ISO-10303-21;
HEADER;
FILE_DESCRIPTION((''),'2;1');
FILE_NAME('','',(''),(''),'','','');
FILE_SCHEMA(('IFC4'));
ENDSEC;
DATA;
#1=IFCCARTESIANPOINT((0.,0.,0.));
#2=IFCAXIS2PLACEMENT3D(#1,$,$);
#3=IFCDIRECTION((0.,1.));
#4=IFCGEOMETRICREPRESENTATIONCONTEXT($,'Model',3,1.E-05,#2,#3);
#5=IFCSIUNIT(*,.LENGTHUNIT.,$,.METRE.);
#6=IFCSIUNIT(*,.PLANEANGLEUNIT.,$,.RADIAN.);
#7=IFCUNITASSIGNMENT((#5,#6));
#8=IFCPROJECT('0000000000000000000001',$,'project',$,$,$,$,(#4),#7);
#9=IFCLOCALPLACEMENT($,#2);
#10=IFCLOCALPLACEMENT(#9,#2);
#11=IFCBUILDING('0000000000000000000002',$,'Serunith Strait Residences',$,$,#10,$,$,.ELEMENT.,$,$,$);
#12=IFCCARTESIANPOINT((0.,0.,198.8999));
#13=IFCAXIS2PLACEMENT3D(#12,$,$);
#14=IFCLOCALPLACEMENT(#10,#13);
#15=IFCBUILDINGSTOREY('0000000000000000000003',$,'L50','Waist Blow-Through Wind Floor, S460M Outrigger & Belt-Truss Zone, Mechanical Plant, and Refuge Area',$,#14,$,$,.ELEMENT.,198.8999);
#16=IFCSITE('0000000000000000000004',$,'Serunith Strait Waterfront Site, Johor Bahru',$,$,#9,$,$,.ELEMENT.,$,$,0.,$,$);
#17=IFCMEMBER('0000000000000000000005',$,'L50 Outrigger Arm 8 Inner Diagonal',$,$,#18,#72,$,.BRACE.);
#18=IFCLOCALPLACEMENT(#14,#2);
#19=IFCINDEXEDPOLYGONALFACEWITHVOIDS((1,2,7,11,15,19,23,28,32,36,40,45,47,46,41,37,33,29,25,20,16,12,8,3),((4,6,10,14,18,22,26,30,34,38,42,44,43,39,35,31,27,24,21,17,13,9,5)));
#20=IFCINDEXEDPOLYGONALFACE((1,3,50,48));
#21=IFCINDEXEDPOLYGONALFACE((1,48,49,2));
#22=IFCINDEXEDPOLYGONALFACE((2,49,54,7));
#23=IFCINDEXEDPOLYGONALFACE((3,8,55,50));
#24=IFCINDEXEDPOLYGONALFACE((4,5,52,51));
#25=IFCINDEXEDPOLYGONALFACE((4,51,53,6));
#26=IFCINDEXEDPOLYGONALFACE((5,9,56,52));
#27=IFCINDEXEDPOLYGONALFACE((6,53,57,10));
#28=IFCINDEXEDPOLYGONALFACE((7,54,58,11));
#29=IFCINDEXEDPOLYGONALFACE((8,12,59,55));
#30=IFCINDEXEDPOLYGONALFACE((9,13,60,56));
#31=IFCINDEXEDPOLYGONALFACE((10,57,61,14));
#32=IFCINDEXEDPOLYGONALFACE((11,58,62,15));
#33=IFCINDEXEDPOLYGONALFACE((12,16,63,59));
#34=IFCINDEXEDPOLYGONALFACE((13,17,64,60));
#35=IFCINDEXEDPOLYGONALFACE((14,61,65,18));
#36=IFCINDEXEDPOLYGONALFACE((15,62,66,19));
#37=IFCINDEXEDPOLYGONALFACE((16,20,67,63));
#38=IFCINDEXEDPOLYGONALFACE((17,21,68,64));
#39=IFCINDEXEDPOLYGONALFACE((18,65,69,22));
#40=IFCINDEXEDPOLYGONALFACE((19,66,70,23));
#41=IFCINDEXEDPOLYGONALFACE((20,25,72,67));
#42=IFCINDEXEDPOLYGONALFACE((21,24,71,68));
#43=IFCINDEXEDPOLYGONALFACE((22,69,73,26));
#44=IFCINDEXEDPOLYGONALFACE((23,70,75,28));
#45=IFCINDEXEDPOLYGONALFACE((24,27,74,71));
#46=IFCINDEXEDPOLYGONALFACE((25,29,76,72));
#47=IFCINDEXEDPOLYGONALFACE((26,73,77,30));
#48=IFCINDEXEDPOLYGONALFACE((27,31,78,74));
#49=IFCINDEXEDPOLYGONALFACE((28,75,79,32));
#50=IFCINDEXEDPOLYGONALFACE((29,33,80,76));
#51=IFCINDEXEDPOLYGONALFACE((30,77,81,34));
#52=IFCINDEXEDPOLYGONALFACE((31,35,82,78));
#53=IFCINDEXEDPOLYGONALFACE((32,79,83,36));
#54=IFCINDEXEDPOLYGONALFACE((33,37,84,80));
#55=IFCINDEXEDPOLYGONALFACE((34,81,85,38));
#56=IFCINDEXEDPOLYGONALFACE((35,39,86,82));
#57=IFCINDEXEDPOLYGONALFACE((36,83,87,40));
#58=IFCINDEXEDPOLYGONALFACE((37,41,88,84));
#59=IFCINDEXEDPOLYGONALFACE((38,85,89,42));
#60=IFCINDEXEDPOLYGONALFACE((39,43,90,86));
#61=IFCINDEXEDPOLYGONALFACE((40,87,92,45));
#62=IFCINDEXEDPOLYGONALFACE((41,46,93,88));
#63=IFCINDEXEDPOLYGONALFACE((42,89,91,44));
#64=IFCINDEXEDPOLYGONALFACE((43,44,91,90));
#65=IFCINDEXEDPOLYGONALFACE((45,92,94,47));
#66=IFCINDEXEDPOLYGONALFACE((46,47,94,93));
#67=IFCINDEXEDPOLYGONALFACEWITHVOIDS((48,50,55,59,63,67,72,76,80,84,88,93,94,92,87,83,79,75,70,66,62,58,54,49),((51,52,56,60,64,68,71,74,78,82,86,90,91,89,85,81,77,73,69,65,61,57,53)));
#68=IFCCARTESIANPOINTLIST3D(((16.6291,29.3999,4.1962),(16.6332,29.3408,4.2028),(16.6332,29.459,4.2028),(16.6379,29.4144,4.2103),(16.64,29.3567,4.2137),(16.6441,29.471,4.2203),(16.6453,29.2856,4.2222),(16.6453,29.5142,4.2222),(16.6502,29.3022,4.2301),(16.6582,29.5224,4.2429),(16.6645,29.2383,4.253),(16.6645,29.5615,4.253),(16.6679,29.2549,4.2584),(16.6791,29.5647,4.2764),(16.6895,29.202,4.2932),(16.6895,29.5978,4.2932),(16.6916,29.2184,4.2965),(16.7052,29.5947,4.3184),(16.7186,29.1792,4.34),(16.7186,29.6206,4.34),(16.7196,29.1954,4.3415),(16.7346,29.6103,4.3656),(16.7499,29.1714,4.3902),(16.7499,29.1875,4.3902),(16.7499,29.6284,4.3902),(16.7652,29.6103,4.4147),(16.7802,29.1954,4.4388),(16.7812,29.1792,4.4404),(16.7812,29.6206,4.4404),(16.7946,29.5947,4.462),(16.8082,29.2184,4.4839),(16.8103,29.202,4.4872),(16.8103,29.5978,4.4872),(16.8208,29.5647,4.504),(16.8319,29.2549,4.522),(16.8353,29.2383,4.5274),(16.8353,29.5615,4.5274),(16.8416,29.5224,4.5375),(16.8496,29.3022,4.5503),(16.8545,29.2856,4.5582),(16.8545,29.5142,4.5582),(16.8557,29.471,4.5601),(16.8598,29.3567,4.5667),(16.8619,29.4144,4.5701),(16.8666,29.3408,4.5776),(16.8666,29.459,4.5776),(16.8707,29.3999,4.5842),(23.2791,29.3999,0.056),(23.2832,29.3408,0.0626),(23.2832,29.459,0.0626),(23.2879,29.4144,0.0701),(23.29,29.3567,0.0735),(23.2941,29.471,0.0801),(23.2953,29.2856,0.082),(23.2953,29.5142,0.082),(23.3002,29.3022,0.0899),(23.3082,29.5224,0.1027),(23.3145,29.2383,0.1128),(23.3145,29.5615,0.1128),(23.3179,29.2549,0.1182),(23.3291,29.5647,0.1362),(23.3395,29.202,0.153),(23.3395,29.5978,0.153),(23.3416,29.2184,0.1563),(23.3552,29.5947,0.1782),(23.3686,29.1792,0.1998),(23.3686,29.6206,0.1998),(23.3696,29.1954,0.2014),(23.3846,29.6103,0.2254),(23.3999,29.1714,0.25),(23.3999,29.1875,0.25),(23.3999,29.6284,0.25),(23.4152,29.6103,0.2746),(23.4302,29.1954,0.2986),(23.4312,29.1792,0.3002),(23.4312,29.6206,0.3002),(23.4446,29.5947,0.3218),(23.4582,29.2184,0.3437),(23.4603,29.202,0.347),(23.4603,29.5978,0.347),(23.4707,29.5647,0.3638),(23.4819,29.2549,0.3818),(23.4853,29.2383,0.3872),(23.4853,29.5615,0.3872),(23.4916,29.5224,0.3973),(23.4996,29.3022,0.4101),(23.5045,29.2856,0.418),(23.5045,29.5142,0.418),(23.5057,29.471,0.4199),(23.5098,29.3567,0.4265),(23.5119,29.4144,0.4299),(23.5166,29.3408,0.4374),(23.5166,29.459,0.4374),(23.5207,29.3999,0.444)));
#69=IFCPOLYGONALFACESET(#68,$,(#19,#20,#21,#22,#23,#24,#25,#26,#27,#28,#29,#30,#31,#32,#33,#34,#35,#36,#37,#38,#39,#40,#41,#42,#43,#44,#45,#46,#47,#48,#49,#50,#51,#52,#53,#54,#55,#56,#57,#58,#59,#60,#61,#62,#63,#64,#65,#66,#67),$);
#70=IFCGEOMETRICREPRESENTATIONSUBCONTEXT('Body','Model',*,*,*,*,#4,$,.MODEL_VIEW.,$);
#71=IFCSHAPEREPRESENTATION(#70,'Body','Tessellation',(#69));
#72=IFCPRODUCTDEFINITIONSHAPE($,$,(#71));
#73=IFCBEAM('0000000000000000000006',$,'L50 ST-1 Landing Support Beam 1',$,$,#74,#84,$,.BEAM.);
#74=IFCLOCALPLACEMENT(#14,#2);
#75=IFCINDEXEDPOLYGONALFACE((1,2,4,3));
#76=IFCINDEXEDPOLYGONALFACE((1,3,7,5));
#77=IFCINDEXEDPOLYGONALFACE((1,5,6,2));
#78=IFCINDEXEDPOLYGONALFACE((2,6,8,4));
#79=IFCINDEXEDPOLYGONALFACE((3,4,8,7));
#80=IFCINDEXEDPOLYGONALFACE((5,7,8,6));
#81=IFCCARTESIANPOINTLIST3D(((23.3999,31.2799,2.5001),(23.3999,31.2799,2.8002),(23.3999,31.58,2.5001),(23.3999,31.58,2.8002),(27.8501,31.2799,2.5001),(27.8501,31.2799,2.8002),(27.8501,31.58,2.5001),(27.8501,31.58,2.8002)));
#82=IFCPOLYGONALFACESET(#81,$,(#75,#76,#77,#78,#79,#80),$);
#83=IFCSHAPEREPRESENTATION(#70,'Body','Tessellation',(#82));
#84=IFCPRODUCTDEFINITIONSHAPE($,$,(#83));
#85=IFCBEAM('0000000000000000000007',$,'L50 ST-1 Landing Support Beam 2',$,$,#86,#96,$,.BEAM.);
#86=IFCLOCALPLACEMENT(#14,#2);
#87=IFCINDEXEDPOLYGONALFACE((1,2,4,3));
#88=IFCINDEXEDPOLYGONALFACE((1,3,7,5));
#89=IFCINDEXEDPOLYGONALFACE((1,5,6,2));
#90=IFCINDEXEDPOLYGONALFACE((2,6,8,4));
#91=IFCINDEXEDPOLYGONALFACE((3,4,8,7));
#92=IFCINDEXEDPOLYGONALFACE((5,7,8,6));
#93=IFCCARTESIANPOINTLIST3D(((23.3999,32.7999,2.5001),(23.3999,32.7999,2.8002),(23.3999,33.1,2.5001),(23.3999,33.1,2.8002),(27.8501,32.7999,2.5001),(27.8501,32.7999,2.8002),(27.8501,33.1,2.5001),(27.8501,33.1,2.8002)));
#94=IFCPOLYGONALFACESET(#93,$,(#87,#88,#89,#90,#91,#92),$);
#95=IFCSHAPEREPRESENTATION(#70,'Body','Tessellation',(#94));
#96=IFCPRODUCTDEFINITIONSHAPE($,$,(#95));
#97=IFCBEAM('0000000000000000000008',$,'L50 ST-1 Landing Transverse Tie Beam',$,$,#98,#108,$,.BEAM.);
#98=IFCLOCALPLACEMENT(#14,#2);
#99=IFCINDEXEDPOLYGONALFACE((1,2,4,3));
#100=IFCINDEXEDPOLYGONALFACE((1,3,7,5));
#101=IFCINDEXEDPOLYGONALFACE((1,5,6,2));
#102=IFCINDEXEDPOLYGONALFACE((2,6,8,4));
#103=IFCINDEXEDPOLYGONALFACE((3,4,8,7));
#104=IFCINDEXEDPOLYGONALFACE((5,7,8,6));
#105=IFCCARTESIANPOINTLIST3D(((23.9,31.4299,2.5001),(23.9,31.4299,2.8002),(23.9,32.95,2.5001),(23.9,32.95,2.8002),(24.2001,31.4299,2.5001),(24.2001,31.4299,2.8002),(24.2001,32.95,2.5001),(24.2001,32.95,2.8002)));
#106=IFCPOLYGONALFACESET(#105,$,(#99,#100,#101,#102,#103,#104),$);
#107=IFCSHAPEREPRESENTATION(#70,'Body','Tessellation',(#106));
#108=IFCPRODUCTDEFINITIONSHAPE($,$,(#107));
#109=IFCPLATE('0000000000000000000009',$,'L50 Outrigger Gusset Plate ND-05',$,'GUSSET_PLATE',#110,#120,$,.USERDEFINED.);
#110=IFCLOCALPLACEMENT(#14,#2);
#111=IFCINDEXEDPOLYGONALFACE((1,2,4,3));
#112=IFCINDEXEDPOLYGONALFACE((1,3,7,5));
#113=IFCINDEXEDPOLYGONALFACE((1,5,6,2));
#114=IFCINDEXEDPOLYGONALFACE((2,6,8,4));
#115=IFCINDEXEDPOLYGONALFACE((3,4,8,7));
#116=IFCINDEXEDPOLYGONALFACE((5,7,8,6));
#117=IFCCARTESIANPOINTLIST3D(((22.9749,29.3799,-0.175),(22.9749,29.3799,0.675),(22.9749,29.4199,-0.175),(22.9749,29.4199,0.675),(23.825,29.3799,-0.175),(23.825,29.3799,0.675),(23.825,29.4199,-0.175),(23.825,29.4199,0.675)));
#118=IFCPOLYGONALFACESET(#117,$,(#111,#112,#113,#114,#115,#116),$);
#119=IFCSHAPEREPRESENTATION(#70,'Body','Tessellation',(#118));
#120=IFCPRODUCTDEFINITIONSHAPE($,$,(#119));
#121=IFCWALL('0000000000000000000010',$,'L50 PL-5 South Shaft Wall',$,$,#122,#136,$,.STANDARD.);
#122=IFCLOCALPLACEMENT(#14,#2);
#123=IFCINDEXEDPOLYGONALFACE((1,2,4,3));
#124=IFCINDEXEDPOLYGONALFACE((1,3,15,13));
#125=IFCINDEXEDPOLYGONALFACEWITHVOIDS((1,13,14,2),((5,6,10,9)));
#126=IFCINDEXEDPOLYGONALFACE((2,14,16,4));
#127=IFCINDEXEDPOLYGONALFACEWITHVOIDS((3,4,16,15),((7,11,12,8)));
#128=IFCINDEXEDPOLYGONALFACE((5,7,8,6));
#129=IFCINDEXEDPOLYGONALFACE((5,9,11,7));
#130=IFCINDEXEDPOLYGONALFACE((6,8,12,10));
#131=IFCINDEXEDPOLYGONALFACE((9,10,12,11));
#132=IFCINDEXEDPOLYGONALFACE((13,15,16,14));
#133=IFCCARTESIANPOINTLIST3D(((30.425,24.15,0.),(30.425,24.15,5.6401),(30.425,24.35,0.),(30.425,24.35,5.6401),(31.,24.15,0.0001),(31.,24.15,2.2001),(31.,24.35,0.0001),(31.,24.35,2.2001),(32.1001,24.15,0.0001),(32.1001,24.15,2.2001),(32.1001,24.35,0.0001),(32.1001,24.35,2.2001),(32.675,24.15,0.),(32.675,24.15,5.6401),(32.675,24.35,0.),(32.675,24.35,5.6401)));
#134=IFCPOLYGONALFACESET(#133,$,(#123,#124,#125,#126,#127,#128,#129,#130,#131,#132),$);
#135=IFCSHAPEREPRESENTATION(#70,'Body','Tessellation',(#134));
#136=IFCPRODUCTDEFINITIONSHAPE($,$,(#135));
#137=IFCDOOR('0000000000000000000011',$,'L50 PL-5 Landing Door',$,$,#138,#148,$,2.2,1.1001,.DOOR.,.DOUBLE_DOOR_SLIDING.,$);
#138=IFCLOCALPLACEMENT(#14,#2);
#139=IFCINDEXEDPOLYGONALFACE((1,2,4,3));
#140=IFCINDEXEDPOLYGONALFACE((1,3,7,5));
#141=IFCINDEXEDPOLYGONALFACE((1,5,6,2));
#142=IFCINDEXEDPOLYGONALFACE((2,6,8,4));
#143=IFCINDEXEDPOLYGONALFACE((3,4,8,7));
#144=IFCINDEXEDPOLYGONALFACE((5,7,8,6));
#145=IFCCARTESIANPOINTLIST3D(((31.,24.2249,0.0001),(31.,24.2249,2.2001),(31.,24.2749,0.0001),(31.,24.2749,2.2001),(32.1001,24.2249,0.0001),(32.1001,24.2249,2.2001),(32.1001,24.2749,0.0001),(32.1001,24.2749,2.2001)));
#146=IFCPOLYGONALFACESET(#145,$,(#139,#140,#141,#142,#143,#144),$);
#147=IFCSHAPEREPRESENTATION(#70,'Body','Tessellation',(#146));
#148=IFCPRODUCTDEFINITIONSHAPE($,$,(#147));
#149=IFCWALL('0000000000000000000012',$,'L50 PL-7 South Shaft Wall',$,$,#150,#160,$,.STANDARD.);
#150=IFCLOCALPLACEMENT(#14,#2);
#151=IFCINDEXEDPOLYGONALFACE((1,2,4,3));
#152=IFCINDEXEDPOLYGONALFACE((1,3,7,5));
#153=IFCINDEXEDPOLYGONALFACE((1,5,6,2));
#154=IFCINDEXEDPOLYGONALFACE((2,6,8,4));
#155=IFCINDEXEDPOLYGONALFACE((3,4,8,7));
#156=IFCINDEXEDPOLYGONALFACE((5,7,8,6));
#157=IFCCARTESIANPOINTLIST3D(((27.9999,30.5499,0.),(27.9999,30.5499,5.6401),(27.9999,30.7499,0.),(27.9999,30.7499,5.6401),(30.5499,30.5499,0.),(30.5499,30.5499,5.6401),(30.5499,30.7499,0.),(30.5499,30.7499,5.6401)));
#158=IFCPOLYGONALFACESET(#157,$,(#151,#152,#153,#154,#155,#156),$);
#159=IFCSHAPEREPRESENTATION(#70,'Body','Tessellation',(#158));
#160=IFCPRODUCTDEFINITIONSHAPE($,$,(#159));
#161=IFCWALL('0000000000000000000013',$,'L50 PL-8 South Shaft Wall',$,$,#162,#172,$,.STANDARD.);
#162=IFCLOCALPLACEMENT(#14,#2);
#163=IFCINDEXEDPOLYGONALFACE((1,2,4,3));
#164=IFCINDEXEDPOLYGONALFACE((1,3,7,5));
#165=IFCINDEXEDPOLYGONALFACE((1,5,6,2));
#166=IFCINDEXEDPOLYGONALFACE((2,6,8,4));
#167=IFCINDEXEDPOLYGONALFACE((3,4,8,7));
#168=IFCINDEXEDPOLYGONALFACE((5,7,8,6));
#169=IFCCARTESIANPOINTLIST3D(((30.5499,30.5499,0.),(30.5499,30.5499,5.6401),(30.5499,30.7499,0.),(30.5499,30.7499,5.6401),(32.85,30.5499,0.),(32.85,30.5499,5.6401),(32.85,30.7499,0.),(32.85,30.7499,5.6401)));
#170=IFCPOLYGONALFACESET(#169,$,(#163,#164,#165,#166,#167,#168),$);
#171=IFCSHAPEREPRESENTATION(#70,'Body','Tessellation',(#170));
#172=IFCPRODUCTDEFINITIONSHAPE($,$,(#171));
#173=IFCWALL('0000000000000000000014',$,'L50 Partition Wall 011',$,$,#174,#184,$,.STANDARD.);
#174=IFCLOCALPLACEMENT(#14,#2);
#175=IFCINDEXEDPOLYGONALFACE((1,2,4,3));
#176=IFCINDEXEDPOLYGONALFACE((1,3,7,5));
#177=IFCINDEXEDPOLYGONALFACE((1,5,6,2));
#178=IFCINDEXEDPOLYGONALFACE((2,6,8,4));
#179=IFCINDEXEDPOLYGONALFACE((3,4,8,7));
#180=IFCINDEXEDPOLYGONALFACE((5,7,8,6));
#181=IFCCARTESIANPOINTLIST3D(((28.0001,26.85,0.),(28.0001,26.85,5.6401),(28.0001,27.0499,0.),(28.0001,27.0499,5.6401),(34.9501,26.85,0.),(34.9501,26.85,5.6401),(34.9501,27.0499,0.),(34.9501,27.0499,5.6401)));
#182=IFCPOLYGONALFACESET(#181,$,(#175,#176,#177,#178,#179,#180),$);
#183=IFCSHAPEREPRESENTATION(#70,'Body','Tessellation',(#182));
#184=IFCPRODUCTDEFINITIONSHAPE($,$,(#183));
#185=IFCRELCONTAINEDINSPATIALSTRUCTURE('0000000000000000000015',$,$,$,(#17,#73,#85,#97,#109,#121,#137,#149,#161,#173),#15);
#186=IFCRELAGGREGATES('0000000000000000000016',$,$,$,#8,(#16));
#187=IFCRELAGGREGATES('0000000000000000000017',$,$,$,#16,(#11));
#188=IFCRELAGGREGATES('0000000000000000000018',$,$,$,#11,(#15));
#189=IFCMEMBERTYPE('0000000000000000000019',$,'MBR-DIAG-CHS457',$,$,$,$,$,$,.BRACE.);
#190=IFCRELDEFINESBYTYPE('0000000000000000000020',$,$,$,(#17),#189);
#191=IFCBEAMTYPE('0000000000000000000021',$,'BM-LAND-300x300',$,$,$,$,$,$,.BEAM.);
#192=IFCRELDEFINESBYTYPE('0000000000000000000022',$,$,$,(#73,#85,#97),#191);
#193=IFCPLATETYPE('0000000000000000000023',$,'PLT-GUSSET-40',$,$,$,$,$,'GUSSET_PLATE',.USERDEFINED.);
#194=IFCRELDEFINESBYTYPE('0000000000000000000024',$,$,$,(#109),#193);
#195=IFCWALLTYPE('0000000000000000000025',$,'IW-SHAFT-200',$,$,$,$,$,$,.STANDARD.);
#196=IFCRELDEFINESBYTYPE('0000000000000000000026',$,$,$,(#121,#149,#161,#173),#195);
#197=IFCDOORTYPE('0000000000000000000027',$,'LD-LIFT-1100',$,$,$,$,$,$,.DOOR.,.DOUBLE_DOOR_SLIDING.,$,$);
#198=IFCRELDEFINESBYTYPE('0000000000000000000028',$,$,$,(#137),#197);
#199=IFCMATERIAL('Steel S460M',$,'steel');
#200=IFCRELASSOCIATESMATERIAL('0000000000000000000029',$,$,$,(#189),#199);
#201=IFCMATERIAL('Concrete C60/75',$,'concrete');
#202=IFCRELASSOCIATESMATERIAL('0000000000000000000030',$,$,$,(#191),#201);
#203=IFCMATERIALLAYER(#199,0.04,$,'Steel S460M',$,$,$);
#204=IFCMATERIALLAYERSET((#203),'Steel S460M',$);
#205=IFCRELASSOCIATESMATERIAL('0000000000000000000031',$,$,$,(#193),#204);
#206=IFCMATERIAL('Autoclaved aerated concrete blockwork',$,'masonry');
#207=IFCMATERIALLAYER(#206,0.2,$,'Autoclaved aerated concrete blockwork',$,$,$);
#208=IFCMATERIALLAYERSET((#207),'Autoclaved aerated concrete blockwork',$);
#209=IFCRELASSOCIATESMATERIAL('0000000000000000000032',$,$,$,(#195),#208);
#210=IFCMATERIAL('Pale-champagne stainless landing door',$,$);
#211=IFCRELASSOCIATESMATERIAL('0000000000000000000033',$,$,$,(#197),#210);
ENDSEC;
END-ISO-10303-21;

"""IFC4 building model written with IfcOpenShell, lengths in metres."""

from ifc_helpers import new_model, si_unit, direction, frame, frame_2d, origin, origin_2d, place, context, subcontext, project, spatial, rectangle, hollow_circle, extrude, source, transform, mapped, material, layer, layer_set, material_profile, profile_set, type_object, element, fill, save


model = new_model("IFC4")

# Units and contexts
model_context = context("Model", 3, precision=1e-05, world=origin(), true_north=direction((0.0, 1.0)))
body_context = subcontext(model_context, "Body", "Model", "MODEL_VIEW")
ifc_project = project(units=[si_unit("LENGTHUNIT", "METRE"), si_unit("PLANEANGLEUNIT", "RADIAN")], contexts=[model_context])

# Site, building, storey
site_placement = place(None, origin())
site = spatial("IfcSite", under=ifc_project, at=site_placement, Name="Serunith Strait Waterfront Site, Johor Bahru", CompositionType="ELEMENT", RefElevation=0.0)
building_placement = place(site_placement, origin())
building = spatial("IfcBuilding", under=site, at=building_placement, Name="Serunith Strait Residences", CompositionType="ELEMENT")
storey_placement = place(building_placement, frame((0.0, 0.0, 198.8999)))
storey = spatial("IfcBuildingStorey", under=building, at=storey_placement, Name="L50", Description="Waist Blow-Through Wind Floor, S460M Outrigger & Belt-Truss Zone, Mechanical Plant, and Refuge Area", CompositionType="ELEMENT", Elevation=198.8999)

# Member
ifc_material_1 = material(Name="Steel S460M", Category="steel")
ifc_material_profile_1 = material_profile(ifc_material_1, hollow_circle(Radius=0.2285, WallThickness=0.0161, at=origin_2d()), Name="CHS 457x16")
ifc_profile_set_1 = profile_set([ifc_material_profile_1], Name="Steel S460M")
member_type = type_object("IfcMemberType", Name="MBR-DIAG-CHS457", PredefinedType="BRACE", material=ifc_profile_set_1)
shared_shape_1 = source(origin(), body_context, "Body", "SweptSolid", [
    extrude(hollow_circle(Radius=0.2285, WallThickness=0.0161, at=origin_2d()), origin(), (0.0, 0.0, 1.0), 7.8335),
])
member_placement = place(storey_placement, frame((23.3999, 29.3999, 0.25), z_axis=(-0.848918, 0.0, 0.528525), x_axis=(0.0, -1.0, 0.0)))
element("IfcMember", 1, at=member_placement, inside=storey, type_object=member_type, Name="L50 Outrigger Arm 8 Inner Diagonal", PredefinedType="BRACE", context=body_context, shape_type="MappedRepresentation", body=[
    mapped(shared_shape_1, transform((0.0, 0.0, 0.0), scale=1.0)),
])

# Beams
ifc_material_2 = material(Name="Concrete C60/75", Category="concrete")
ifc_material_profile_2 = material_profile(ifc_material_2, rectangle(XDim=0.3, YDim=0.3, at=origin_2d()), Name="RC 300x300")
ifc_profile_set_2 = profile_set([ifc_material_profile_2], Name="Concrete C60/75")
beam_type = type_object("IfcBeamType", Name="BM-LAND-300x300", PredefinedType="BEAM", material=ifc_profile_set_2)
shared_shape_2 = source(origin(), body_context, "Body", "SweptSolid", [
    extrude(rectangle(XDim=0.3, YDim=0.3, at=origin_2d()), origin(), (0.0, 0.0, 1.0), 4.4502),
])
for number, where, z_axis, x_axis, name in (
    (2, (23.3999, 31.4299, 2.6501), (1.0, 0.0, 0.0), (0.0, 1.0, 0.0), "L50 ST-1 Landing Support Beam 1"),
    (3, (23.3999, 32.95, 2.6501), (1.0, 0.0, 0.0), (0.0, 1.0, 0.0), "L50 ST-1 Landing Support Beam 2"),
):
    element("IfcBeam", number, at=place(storey_placement, frame(where, z_axis=z_axis, x_axis=x_axis)), inside=storey, type_object=beam_type, Name=name, PredefinedType="BEAM", context=body_context, shape_type="MappedRepresentation", body=[
        mapped(shared_shape_2, transform((0.0, 0.0, 0.0), scale=1.0)),
    ])
shared_shape_3 = source(origin(), body_context, "Body", "SweptSolid", [
    extrude(rectangle(XDim=0.3, YDim=0.3, at=origin_2d()), origin(), (0.0, 0.0, 1.0), 1.52),
])
beam_placement = place(storey_placement, frame((24.05, 31.4299, 2.6501), z_axis=(0.0, 1.0, 0.0), x_axis=(-1.0, 0.0, 0.0)))
element("IfcBeam", 4, at=beam_placement, inside=storey, type_object=beam_type, Name="L50 ST-1 Landing Transverse Tie Beam", PredefinedType="BEAM", context=body_context, shape_type="MappedRepresentation", body=[
    mapped(shared_shape_3, transform((0.0, 0.0, 0.0), scale=1.0)),
])

# Plate
ifc_layer_1 = layer(ifc_material_1, 0.04, Name="Steel S460M")
ifc_layer_set_1 = layer_set([ifc_layer_1], Name="Steel S460M")
plate_type = type_object("IfcPlateType", Name="PLT-GUSSET-40", ElementType="GUSSET_PLATE", PredefinedType="USERDEFINED", material=ifc_layer_set_1)
shared_shape_4 = source(origin(), body_context, "Body", "SweptSolid", [
    extrude(rectangle(XDim=0.8501, YDim=0.04, at=origin_2d()), origin(), (0.0, 0.0, 1.0), 0.8501),
])
plate_placement = place(storey_placement, frame((23.3999, 29.3999, -0.175), z_axis=(0.0, 0.0, 1.0), x_axis=(-1.0, 0.0, 0.0)))
element("IfcPlate", 5, at=plate_placement, inside=storey, type_object=plate_type, Name="L50 Outrigger Gusset Plate ND-05", ObjectType="GUSSET_PLATE", PredefinedType="USERDEFINED", context=body_context, shape_type="MappedRepresentation", body=[
    mapped(shared_shape_4, transform((0.0, 0.0, 0.0), scale=1.0)),
])

# Wall, opening, door
ifc_material_3 = material(Name="Autoclaved aerated concrete blockwork", Category="masonry")
ifc_layer_2 = layer(ifc_material_3, 0.2, Name="Autoclaved aerated concrete blockwork")
ifc_layer_set_2 = layer_set([ifc_layer_2], Name="Autoclaved aerated concrete blockwork")
wall_type = type_object("IfcWallType", Name="IW-SHAFT-200", PredefinedType="STANDARD", material=ifc_layer_set_2)
wall_1_placement = place(storey_placement, frame((30.425, 24.25, 0.0), z_axis=(0.0, 0.0, 1.0), x_axis=(1.0, 0.0, 0.0)))
wall_1 = element("IfcWall", 6, at=wall_1_placement, inside=storey, type_object=wall_type, Name="L50 PL-5 South Shaft Wall", PredefinedType="STANDARD", context=body_context, shape_type="SweptSolid", body=[
    extrude(rectangle(XDim=2.25, YDim=0.2, at=frame_2d((1.125, 0.0))), origin(), (0.0, 0.0, 1.0), 5.6401),
])
opening_placement = place(wall_1_placement, frame((0.575, 0.0, 0.0)))
opening = element("IfcOpeningElement", 7, at=opening_placement, cuts=wall_1, PredefinedType="OPENING", context=body_context, shape_type="SweptSolid", body=[
    extrude(rectangle(XDim=1.1001, YDim=2.2, at=frame_2d((0.55, 1.1001))), frame((0.0, 0.1099, 0.0), z_axis=(0.0, -1.0, 0.0), x_axis=(1.0, 0.0, 0.0)), (0.0, 0.0, 1.0), 0.22),
])
ifc_material_4 = material(Name="Pale-champagne stainless landing door")
door_type = type_object("IfcDoorType", Name="LD-LIFT-1100", OperationType="DOUBLE_DOOR_SLIDING", PredefinedType="DOOR", material=ifc_material_4)
shared_shape_5 = source(origin(), body_context, "Body", "SweptSolid", [
    extrude(rectangle(XDim=1.1001, YDim=2.2, at=frame_2d((0.55, 1.1001))), frame((0.0, 0.0249, 0.0), z_axis=(0.0, -1.0, 0.0), x_axis=(1.0, 0.0, 0.0)), (0.0, 0.0, 1.0), 0.05),
])
door_placement = place(opening_placement, origin())
door = element("IfcDoor", 8, at=door_placement, inside=storey, type_object=door_type, Name="L50 PL-5 Landing Door", OperationType="DOUBLE_DOOR_SLIDING", OverallHeight=2.2, OverallWidth=1.1001, PredefinedType="DOOR", context=body_context, shape_type="MappedRepresentation", body=[
    mapped(shared_shape_5, transform((0.0, 0.0, 0.0), scale=1.0)),
])
fill(opening, door)

# Walls
wall_2_placement = place(storey_placement, frame((28.0, 30.6499, 0.0), z_axis=(0.0, 0.0, 1.0), x_axis=(1.0, 0.0, 0.0)))
element("IfcWall", 9, at=wall_2_placement, inside=storey, type_object=wall_type, Name="L50 PL-7 South Shaft Wall", PredefinedType="STANDARD", context=body_context, shape_type="SweptSolid", body=[
    extrude(rectangle(XDim=2.55, YDim=0.2, at=frame_2d((1.2749, 0.0))), origin(), (0.0, 0.0, 1.0), 5.6401),
])
wall_3_placement = place(storey_placement, frame((30.55, 30.6499, 0.0), z_axis=(0.0, 0.0, 1.0), x_axis=(1.0, 0.0, 0.0)))
element("IfcWall", 10, at=wall_3_placement, inside=storey, type_object=wall_type, Name="L50 PL-8 South Shaft Wall", PredefinedType="STANDARD", context=body_context, shape_type="SweptSolid", body=[
    extrude(rectangle(XDim=2.3, YDim=0.2, at=frame_2d((1.1499, 0.0))), origin(), (0.0, 0.0, 1.0), 5.6401),
])
wall_4_placement = place(storey_placement, frame((28.0, 26.95, 0.0), z_axis=(0.0, 0.0, 1.0), x_axis=(1.0, 0.0, 0.0)))
element("IfcWall", 11, at=wall_4_placement, inside=storey, type_object=wall_type, Name="L50 Partition Wall 011", PredefinedType="STANDARD", context=body_context, shape_type="SweptSolid", body=[
    extrude(rectangle(XDim=6.95, YDim=0.2, at=frame_2d((3.4751, 0.0))), origin(), (0.0, 0.0, 1.0), 5.6401),
])

save(model, "model.ifc")
